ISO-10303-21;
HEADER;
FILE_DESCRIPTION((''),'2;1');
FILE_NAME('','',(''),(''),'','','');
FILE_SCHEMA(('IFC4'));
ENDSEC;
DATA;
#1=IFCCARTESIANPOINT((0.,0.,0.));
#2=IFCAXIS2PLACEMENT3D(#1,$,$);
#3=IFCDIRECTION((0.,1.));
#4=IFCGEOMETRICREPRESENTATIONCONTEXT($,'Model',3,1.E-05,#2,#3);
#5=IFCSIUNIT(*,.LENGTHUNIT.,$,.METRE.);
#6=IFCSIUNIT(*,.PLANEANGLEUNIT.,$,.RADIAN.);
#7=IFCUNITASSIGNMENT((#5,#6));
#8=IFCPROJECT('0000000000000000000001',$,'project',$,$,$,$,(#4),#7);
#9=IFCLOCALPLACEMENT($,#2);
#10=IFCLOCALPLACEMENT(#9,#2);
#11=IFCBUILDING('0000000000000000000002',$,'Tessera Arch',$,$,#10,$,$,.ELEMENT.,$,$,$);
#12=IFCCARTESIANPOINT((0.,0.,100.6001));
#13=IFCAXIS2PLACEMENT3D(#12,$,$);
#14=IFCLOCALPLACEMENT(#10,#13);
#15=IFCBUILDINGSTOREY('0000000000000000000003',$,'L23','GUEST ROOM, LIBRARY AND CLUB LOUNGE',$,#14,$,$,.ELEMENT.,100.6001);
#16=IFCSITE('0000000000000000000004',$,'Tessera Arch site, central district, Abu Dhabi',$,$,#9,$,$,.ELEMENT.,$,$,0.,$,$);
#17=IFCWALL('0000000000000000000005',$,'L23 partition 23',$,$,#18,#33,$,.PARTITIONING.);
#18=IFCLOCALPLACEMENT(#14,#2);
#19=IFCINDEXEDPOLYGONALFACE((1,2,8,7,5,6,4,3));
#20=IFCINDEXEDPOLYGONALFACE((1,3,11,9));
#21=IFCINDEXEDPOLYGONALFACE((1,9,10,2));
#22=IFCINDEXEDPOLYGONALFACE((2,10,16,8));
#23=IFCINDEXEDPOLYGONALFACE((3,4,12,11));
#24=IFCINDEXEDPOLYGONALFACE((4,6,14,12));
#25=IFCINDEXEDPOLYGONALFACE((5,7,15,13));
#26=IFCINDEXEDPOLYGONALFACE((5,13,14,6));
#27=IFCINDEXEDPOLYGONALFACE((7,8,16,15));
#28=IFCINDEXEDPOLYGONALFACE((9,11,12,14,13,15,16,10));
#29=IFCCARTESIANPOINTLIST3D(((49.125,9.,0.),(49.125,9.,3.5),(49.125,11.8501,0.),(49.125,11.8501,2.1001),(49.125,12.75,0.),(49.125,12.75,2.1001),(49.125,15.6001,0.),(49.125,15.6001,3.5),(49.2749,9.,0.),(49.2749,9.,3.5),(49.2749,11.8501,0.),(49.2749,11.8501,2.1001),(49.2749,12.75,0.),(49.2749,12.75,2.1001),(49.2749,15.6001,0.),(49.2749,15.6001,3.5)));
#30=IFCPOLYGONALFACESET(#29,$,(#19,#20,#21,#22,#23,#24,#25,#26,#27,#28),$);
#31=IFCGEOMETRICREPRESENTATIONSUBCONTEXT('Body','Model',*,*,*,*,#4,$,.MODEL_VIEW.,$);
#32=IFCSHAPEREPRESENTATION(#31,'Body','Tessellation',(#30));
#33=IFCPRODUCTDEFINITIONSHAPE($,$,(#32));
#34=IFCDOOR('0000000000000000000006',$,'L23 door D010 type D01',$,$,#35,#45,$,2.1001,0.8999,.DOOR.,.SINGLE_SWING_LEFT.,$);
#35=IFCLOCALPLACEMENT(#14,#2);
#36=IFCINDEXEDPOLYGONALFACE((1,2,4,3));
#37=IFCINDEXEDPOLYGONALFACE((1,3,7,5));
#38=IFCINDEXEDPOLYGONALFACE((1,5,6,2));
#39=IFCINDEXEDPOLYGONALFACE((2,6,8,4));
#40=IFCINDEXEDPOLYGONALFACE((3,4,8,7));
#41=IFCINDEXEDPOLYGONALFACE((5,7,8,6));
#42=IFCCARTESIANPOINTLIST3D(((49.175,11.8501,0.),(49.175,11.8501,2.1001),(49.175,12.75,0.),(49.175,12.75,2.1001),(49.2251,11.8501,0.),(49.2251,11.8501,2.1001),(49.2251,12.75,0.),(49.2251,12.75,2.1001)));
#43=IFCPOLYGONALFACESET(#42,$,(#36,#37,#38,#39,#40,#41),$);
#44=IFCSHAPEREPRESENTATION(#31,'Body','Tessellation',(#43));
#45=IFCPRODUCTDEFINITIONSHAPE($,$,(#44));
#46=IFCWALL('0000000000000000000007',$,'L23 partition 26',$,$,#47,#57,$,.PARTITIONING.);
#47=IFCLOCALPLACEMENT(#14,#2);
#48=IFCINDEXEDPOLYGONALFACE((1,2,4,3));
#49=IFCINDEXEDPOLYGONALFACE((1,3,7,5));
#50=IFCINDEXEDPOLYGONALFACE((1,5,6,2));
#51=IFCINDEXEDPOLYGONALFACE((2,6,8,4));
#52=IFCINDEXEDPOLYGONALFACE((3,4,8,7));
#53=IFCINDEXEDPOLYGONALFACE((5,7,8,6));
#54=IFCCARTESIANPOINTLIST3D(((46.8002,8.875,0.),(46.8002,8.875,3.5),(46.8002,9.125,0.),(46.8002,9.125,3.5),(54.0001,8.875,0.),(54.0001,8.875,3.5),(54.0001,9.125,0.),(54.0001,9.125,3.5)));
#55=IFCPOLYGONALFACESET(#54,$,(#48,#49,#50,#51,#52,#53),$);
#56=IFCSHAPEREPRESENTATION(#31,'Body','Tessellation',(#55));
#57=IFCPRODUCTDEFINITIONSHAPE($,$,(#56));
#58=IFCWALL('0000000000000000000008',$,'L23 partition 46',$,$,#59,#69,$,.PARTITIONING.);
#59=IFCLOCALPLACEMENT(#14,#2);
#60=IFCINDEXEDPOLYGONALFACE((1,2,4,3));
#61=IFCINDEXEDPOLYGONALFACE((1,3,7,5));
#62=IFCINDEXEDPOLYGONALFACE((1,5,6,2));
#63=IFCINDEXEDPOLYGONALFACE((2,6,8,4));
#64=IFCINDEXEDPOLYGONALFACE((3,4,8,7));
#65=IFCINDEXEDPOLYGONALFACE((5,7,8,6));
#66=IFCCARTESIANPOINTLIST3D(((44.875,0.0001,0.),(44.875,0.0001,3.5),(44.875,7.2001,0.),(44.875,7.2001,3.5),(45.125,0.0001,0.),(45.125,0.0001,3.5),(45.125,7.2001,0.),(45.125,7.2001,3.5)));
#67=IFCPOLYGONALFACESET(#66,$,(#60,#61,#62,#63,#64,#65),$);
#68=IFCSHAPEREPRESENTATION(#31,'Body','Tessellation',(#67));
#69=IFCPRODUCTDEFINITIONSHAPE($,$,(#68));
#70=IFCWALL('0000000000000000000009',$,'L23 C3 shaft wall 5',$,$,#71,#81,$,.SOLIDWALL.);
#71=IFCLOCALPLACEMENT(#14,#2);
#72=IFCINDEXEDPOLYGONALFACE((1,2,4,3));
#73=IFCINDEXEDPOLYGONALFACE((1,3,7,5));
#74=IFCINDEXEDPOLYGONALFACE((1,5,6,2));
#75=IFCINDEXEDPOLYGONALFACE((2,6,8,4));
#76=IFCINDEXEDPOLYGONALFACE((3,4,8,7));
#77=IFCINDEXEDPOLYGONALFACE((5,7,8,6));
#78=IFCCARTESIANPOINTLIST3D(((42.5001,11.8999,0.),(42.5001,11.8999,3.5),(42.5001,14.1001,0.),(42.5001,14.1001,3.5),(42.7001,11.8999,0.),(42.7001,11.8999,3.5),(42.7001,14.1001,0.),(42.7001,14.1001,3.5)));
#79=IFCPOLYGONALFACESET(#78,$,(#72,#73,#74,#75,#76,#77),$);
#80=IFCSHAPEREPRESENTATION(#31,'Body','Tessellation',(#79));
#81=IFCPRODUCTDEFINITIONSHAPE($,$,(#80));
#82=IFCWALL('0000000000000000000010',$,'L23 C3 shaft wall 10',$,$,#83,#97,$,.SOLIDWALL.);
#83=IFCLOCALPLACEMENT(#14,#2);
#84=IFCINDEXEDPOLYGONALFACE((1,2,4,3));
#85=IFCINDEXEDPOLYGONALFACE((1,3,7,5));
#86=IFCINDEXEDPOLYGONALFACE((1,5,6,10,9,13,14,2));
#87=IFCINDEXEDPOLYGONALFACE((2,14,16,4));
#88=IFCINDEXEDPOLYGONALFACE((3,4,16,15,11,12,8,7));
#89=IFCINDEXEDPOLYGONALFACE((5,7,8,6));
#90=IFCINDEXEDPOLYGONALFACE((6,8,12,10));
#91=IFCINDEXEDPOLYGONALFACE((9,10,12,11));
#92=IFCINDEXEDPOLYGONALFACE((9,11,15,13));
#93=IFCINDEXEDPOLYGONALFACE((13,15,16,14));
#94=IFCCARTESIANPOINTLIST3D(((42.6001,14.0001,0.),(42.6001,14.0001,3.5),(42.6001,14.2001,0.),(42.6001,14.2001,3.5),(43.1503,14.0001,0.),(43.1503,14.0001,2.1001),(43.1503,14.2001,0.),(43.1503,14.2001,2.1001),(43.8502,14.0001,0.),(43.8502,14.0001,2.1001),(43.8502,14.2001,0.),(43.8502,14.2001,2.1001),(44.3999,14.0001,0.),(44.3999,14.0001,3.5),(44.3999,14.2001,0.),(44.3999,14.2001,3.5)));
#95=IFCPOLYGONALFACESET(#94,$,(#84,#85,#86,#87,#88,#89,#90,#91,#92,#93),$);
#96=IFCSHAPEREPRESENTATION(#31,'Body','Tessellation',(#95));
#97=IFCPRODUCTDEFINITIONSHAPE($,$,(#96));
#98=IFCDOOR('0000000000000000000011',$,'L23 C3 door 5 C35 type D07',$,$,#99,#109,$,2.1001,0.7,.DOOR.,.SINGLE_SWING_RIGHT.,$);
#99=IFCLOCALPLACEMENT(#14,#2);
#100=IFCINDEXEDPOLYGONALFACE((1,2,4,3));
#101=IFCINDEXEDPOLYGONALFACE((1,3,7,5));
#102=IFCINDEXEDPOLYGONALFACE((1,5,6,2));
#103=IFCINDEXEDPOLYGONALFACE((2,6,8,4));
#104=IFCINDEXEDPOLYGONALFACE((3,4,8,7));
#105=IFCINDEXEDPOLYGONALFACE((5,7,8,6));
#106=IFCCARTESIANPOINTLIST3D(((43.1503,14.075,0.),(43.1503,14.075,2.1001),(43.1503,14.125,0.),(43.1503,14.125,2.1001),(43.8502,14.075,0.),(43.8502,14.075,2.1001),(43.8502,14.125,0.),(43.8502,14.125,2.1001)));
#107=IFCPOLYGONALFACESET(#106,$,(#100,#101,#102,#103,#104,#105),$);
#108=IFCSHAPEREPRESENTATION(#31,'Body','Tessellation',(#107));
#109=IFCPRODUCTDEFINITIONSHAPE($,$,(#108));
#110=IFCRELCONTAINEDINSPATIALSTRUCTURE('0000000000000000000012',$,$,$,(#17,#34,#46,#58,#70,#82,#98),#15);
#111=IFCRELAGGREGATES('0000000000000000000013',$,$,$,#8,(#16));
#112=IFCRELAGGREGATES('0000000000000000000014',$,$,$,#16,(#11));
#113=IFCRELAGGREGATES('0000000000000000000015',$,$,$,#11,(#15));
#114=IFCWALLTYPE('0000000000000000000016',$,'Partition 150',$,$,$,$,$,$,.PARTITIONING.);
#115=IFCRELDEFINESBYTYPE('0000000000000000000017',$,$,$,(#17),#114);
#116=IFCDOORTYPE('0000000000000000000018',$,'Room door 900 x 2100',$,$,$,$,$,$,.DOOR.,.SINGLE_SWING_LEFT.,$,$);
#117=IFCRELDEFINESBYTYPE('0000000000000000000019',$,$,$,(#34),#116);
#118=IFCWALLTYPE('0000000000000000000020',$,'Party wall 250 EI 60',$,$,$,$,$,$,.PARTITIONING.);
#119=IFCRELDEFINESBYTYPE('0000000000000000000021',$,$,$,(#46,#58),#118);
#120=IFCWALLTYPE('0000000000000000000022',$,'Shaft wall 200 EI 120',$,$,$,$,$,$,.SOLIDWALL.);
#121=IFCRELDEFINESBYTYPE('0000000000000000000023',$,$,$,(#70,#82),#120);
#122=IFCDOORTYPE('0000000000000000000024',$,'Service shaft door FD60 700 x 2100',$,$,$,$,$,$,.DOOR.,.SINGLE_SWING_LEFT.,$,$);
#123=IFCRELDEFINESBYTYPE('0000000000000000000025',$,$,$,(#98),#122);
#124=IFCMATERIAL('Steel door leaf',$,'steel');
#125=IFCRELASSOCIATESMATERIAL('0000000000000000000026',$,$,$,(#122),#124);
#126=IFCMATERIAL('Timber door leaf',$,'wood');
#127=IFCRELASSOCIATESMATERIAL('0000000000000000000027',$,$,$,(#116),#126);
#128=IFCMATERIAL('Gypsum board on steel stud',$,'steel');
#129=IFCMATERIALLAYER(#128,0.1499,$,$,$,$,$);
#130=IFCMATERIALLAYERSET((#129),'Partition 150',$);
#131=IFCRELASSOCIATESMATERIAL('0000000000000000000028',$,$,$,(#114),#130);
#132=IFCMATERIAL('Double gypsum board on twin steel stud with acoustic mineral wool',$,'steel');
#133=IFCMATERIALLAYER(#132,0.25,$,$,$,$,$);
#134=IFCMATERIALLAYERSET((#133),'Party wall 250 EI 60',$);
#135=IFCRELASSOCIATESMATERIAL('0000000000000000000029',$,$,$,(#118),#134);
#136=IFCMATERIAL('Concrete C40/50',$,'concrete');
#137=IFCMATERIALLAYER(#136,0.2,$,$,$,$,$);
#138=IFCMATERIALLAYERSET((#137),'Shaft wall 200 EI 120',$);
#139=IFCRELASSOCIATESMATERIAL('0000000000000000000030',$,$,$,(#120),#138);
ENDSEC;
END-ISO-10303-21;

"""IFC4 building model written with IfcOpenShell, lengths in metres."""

from ifc_helpers import new_model, si_unit, direction, frame, frame_2d, origin, place, context, subcontext, project, spatial, rectangle, extrude, material, layer, layer_set, type_object, element, fill, save


model = new_model("IFC4")

# Units and contexts
model_context = context("Model", 3, precision=1e-05, world=origin(), true_north=direction((0.0, 1.0)))
body_context = subcontext(model_context, "Body", "Model", "MODEL_VIEW")
ifc_project = project(units=[si_unit("LENGTHUNIT", "METRE"), si_unit("PLANEANGLEUNIT", "RADIAN")], contexts=[model_context])

# Site, building, storey
site_placement = place(None, origin())
site = spatial("IfcSite", under=ifc_project, at=site_placement, Name="Tessera Arch site, central district, Abu Dhabi", CompositionType="ELEMENT", RefElevation=0.0)
building_placement = place(site_placement, origin())
building = spatial("IfcBuilding", under=site, at=building_placement, Name="Tessera Arch", CompositionType="ELEMENT")
storey_placement = place(building_placement, frame((0.0, 0.0, 100.6001)))
storey = spatial("IfcBuildingStorey", under=building, at=storey_placement, Name="L23", Description="GUEST ROOM, LIBRARY AND CLUB LOUNGE", CompositionType="ELEMENT", Elevation=100.6001)

# Shared definitions
ifc_material_1 = material(Name="Steel door leaf", Category="steel")
door_type_1 = type_object("IfcDoorType", Name="Service shaft door FD60 700 x 2100", OperationType="SINGLE_SWING_LEFT", PredefinedType="DOOR", material=ifc_material_1)

# Shared definitions
ifc_material_2 = material(Name="Timber door leaf", Category="wood")
door_type_2 = type_object("IfcDoorType", Name="Room door 900 x 2100", OperationType="SINGLE_SWING_LEFT", PredefinedType="DOOR", material=ifc_material_2)

# Wall, opening, door
ifc_material_3 = material(Name="Gypsum board on steel stud", Category="steel")
ifc_layer_1 = layer(ifc_material_3, 0.1499)
ifc_layer_set_1 = layer_set([ifc_layer_1], Name="Partition 150")
wall_type_1 = type_object("IfcWallType", Name="Partition 150", PredefinedType="PARTITIONING", material=ifc_layer_set_1)
wall_1_placement = place(storey_placement, frame((49.2, 9.0, 0.0), z_axis=(0.0, 0.0, 1.0), x_axis=(0.0, 1.0, 0.0)))
wall_1 = element("IfcWall", 1, at=wall_1_placement, inside=storey, type_object=wall_type_1, Name="L23 partition 23", PredefinedType="PARTITIONING", context=body_context, shape_type="SweptSolid", body=[
    extrude(rectangle(XDim=6.6001, YDim=0.1499, at=frame_2d((3.3, 0.0))), origin(), (0.0, 0.0, 1.0), 3.5),
])
opening_1_placement = place(wall_1_placement, frame((2.8501, 0.0, 0.0)))
opening_1 = element("IfcOpeningElement", 2, at=opening_1_placement, cuts=wall_1, PredefinedType="OPENING", context=body_context, shape_type="SweptSolid", body=[
    extrude(rectangle(XDim=0.8999, YDim=2.1001, at=frame_2d((0.45, 1.05))), frame((0.0, 0.085, 0.0), z_axis=(0.0, -1.0, 0.0), x_axis=(1.0, 0.0, 0.0)), (0.0, 0.0, 1.0), 0.1699),
])
door_1_placement = place(opening_1_placement, origin())
door_1 = element("IfcDoor", 3, at=door_1_placement, inside=storey, type_object=door_type_2, Name="L23 door D010 type D01", OperationType="SINGLE_SWING_LEFT", OverallHeight=2.1001, OverallWidth=0.8999, PredefinedType="DOOR", context=body_context, shape_type="SweptSolid", body=[
    extrude(rectangle(XDim=0.8999, YDim=2.1001, at=frame_2d((0.45, 1.05))), frame((0.0, 0.0249, 0.0), z_axis=(0.0, -1.0, 0.0), x_axis=(1.0, 0.0, 0.0)), (0.0, 0.0, 1.0), 0.05),
])
fill(opening_1, door_1)

# Walls
ifc_material_4 = material(Name="Double gypsum board on twin steel stud with acoustic mineral wool", Category="steel")
ifc_layer_2 = layer(ifc_material_4, 0.25)
ifc_layer_set_2 = layer_set([ifc_layer_2], Name="Party wall 250 EI 60")
wall_type_2 = type_object("IfcWallType", Name="Party wall 250 EI 60", PredefinedType="PARTITIONING", material=ifc_layer_set_2)
for number, where, z_axis, x_axis, name in (
    (4, (46.8, 9.0, 0.0), (0.0, 0.0, 1.0), (1.0, 0.0, 0.0), "L23 partition 26"),
    (5, (45.0, 0.0, 0.0), (0.0, 0.0, 1.0), (0.0, 1.0, 0.0), "L23 partition 46"),
):
    element("IfcWall", number, at=place(storey_placement, frame(where, z_axis=z_axis, x_axis=x_axis)), inside=storey, type_object=wall_type_2, Name=name, PredefinedType="PARTITIONING", context=body_context, shape_type="SweptSolid", body=[
        extrude(rectangle(XDim=7.2, YDim=0.25, at=frame_2d((3.6001, 0.0))), origin(), (0.0, 0.0, 1.0), 3.5),
    ])
ifc_material_5 = material(Name="Concrete C40/50", Category="concrete")
ifc_layer_3 = layer(ifc_material_5, 0.2)
ifc_layer_set_3 = layer_set([ifc_layer_3], Name="Shaft wall 200 EI 120")
wall_type_3 = type_object("IfcWallType", Name="Shaft wall 200 EI 120", PredefinedType="SOLIDWALL", material=ifc_layer_set_3)
wall_2_placement = place(storey_placement, frame((42.6001, 11.8999, 0.0), z_axis=(0.0, 0.0, 1.0), x_axis=(0.0, 1.0, 0.0)))
element("IfcWall", 6, at=wall_2_placement, inside=storey, type_object=wall_type_3, Name="L23 C3 shaft wall 5", PredefinedType="SOLIDWALL", context=body_context, shape_type="SweptSolid", body=[
    extrude(rectangle(XDim=2.2002, YDim=0.2, at=frame_2d((1.1001, 0.0))), origin(), (0.0, 0.0, 1.0), 3.5),
])

# Wall, opening, door
wall_3_placement = place(storey_placement, frame((42.6001, 14.1001, 0.0), z_axis=(0.0, 0.0, 1.0), x_axis=(1.0, 0.0, 0.0)))
wall_3 = element("IfcWall", 7, at=wall_3_placement, inside=storey, type_object=wall_type_3, Name="L23 C3 shaft wall 10", PredefinedType="SOLIDWALL", context=body_context, shape_type="SweptSolid", body=[
    extrude(rectangle(XDim=1.7998, YDim=0.2, at=frame_2d((0.8999, 0.0))), origin(), (0.0, 0.0, 1.0), 3.5),
])
opening_2_placement = place(wall_3_placement, frame((0.55, 0.0, 0.0)))
opening_2 = element("IfcOpeningElement", 8, at=opening_2_placement, cuts=wall_3, PredefinedType="OPENING", context=body_context, shape_type="SweptSolid", body=[
    extrude(rectangle(XDim=0.7, YDim=2.1001, at=frame_2d((0.3501, 1.05))), frame((0.0, 0.1099, 0.0), z_axis=(0.0, -1.0, 0.0), x_axis=(1.0, 0.0, 0.0)), (0.0, 0.0, 1.0), 0.22),
])
door_2_placement = place(opening_2_placement, origin())
door_2 = element("IfcDoor", 9, at=door_2_placement, inside=storey, type_object=door_type_1, Name="L23 C3 door 5 C35 type D07", OperationType="SINGLE_SWING_RIGHT", OverallHeight=2.1001, OverallWidth=0.7, PredefinedType="DOOR", context=body_context, shape_type="SweptSolid", body=[
    extrude(rectangle(XDim=0.7, YDim=2.1001, at=frame_2d((0.3501, 1.05))), frame((0.0, 0.0249, 0.0), z_axis=(0.0, -1.0, 0.0), x_axis=(1.0, 0.0, 0.0)), (0.0, 0.0, 1.0), 0.05),
])
fill(opening_2, door_2)

save(model, "model.ifc")
